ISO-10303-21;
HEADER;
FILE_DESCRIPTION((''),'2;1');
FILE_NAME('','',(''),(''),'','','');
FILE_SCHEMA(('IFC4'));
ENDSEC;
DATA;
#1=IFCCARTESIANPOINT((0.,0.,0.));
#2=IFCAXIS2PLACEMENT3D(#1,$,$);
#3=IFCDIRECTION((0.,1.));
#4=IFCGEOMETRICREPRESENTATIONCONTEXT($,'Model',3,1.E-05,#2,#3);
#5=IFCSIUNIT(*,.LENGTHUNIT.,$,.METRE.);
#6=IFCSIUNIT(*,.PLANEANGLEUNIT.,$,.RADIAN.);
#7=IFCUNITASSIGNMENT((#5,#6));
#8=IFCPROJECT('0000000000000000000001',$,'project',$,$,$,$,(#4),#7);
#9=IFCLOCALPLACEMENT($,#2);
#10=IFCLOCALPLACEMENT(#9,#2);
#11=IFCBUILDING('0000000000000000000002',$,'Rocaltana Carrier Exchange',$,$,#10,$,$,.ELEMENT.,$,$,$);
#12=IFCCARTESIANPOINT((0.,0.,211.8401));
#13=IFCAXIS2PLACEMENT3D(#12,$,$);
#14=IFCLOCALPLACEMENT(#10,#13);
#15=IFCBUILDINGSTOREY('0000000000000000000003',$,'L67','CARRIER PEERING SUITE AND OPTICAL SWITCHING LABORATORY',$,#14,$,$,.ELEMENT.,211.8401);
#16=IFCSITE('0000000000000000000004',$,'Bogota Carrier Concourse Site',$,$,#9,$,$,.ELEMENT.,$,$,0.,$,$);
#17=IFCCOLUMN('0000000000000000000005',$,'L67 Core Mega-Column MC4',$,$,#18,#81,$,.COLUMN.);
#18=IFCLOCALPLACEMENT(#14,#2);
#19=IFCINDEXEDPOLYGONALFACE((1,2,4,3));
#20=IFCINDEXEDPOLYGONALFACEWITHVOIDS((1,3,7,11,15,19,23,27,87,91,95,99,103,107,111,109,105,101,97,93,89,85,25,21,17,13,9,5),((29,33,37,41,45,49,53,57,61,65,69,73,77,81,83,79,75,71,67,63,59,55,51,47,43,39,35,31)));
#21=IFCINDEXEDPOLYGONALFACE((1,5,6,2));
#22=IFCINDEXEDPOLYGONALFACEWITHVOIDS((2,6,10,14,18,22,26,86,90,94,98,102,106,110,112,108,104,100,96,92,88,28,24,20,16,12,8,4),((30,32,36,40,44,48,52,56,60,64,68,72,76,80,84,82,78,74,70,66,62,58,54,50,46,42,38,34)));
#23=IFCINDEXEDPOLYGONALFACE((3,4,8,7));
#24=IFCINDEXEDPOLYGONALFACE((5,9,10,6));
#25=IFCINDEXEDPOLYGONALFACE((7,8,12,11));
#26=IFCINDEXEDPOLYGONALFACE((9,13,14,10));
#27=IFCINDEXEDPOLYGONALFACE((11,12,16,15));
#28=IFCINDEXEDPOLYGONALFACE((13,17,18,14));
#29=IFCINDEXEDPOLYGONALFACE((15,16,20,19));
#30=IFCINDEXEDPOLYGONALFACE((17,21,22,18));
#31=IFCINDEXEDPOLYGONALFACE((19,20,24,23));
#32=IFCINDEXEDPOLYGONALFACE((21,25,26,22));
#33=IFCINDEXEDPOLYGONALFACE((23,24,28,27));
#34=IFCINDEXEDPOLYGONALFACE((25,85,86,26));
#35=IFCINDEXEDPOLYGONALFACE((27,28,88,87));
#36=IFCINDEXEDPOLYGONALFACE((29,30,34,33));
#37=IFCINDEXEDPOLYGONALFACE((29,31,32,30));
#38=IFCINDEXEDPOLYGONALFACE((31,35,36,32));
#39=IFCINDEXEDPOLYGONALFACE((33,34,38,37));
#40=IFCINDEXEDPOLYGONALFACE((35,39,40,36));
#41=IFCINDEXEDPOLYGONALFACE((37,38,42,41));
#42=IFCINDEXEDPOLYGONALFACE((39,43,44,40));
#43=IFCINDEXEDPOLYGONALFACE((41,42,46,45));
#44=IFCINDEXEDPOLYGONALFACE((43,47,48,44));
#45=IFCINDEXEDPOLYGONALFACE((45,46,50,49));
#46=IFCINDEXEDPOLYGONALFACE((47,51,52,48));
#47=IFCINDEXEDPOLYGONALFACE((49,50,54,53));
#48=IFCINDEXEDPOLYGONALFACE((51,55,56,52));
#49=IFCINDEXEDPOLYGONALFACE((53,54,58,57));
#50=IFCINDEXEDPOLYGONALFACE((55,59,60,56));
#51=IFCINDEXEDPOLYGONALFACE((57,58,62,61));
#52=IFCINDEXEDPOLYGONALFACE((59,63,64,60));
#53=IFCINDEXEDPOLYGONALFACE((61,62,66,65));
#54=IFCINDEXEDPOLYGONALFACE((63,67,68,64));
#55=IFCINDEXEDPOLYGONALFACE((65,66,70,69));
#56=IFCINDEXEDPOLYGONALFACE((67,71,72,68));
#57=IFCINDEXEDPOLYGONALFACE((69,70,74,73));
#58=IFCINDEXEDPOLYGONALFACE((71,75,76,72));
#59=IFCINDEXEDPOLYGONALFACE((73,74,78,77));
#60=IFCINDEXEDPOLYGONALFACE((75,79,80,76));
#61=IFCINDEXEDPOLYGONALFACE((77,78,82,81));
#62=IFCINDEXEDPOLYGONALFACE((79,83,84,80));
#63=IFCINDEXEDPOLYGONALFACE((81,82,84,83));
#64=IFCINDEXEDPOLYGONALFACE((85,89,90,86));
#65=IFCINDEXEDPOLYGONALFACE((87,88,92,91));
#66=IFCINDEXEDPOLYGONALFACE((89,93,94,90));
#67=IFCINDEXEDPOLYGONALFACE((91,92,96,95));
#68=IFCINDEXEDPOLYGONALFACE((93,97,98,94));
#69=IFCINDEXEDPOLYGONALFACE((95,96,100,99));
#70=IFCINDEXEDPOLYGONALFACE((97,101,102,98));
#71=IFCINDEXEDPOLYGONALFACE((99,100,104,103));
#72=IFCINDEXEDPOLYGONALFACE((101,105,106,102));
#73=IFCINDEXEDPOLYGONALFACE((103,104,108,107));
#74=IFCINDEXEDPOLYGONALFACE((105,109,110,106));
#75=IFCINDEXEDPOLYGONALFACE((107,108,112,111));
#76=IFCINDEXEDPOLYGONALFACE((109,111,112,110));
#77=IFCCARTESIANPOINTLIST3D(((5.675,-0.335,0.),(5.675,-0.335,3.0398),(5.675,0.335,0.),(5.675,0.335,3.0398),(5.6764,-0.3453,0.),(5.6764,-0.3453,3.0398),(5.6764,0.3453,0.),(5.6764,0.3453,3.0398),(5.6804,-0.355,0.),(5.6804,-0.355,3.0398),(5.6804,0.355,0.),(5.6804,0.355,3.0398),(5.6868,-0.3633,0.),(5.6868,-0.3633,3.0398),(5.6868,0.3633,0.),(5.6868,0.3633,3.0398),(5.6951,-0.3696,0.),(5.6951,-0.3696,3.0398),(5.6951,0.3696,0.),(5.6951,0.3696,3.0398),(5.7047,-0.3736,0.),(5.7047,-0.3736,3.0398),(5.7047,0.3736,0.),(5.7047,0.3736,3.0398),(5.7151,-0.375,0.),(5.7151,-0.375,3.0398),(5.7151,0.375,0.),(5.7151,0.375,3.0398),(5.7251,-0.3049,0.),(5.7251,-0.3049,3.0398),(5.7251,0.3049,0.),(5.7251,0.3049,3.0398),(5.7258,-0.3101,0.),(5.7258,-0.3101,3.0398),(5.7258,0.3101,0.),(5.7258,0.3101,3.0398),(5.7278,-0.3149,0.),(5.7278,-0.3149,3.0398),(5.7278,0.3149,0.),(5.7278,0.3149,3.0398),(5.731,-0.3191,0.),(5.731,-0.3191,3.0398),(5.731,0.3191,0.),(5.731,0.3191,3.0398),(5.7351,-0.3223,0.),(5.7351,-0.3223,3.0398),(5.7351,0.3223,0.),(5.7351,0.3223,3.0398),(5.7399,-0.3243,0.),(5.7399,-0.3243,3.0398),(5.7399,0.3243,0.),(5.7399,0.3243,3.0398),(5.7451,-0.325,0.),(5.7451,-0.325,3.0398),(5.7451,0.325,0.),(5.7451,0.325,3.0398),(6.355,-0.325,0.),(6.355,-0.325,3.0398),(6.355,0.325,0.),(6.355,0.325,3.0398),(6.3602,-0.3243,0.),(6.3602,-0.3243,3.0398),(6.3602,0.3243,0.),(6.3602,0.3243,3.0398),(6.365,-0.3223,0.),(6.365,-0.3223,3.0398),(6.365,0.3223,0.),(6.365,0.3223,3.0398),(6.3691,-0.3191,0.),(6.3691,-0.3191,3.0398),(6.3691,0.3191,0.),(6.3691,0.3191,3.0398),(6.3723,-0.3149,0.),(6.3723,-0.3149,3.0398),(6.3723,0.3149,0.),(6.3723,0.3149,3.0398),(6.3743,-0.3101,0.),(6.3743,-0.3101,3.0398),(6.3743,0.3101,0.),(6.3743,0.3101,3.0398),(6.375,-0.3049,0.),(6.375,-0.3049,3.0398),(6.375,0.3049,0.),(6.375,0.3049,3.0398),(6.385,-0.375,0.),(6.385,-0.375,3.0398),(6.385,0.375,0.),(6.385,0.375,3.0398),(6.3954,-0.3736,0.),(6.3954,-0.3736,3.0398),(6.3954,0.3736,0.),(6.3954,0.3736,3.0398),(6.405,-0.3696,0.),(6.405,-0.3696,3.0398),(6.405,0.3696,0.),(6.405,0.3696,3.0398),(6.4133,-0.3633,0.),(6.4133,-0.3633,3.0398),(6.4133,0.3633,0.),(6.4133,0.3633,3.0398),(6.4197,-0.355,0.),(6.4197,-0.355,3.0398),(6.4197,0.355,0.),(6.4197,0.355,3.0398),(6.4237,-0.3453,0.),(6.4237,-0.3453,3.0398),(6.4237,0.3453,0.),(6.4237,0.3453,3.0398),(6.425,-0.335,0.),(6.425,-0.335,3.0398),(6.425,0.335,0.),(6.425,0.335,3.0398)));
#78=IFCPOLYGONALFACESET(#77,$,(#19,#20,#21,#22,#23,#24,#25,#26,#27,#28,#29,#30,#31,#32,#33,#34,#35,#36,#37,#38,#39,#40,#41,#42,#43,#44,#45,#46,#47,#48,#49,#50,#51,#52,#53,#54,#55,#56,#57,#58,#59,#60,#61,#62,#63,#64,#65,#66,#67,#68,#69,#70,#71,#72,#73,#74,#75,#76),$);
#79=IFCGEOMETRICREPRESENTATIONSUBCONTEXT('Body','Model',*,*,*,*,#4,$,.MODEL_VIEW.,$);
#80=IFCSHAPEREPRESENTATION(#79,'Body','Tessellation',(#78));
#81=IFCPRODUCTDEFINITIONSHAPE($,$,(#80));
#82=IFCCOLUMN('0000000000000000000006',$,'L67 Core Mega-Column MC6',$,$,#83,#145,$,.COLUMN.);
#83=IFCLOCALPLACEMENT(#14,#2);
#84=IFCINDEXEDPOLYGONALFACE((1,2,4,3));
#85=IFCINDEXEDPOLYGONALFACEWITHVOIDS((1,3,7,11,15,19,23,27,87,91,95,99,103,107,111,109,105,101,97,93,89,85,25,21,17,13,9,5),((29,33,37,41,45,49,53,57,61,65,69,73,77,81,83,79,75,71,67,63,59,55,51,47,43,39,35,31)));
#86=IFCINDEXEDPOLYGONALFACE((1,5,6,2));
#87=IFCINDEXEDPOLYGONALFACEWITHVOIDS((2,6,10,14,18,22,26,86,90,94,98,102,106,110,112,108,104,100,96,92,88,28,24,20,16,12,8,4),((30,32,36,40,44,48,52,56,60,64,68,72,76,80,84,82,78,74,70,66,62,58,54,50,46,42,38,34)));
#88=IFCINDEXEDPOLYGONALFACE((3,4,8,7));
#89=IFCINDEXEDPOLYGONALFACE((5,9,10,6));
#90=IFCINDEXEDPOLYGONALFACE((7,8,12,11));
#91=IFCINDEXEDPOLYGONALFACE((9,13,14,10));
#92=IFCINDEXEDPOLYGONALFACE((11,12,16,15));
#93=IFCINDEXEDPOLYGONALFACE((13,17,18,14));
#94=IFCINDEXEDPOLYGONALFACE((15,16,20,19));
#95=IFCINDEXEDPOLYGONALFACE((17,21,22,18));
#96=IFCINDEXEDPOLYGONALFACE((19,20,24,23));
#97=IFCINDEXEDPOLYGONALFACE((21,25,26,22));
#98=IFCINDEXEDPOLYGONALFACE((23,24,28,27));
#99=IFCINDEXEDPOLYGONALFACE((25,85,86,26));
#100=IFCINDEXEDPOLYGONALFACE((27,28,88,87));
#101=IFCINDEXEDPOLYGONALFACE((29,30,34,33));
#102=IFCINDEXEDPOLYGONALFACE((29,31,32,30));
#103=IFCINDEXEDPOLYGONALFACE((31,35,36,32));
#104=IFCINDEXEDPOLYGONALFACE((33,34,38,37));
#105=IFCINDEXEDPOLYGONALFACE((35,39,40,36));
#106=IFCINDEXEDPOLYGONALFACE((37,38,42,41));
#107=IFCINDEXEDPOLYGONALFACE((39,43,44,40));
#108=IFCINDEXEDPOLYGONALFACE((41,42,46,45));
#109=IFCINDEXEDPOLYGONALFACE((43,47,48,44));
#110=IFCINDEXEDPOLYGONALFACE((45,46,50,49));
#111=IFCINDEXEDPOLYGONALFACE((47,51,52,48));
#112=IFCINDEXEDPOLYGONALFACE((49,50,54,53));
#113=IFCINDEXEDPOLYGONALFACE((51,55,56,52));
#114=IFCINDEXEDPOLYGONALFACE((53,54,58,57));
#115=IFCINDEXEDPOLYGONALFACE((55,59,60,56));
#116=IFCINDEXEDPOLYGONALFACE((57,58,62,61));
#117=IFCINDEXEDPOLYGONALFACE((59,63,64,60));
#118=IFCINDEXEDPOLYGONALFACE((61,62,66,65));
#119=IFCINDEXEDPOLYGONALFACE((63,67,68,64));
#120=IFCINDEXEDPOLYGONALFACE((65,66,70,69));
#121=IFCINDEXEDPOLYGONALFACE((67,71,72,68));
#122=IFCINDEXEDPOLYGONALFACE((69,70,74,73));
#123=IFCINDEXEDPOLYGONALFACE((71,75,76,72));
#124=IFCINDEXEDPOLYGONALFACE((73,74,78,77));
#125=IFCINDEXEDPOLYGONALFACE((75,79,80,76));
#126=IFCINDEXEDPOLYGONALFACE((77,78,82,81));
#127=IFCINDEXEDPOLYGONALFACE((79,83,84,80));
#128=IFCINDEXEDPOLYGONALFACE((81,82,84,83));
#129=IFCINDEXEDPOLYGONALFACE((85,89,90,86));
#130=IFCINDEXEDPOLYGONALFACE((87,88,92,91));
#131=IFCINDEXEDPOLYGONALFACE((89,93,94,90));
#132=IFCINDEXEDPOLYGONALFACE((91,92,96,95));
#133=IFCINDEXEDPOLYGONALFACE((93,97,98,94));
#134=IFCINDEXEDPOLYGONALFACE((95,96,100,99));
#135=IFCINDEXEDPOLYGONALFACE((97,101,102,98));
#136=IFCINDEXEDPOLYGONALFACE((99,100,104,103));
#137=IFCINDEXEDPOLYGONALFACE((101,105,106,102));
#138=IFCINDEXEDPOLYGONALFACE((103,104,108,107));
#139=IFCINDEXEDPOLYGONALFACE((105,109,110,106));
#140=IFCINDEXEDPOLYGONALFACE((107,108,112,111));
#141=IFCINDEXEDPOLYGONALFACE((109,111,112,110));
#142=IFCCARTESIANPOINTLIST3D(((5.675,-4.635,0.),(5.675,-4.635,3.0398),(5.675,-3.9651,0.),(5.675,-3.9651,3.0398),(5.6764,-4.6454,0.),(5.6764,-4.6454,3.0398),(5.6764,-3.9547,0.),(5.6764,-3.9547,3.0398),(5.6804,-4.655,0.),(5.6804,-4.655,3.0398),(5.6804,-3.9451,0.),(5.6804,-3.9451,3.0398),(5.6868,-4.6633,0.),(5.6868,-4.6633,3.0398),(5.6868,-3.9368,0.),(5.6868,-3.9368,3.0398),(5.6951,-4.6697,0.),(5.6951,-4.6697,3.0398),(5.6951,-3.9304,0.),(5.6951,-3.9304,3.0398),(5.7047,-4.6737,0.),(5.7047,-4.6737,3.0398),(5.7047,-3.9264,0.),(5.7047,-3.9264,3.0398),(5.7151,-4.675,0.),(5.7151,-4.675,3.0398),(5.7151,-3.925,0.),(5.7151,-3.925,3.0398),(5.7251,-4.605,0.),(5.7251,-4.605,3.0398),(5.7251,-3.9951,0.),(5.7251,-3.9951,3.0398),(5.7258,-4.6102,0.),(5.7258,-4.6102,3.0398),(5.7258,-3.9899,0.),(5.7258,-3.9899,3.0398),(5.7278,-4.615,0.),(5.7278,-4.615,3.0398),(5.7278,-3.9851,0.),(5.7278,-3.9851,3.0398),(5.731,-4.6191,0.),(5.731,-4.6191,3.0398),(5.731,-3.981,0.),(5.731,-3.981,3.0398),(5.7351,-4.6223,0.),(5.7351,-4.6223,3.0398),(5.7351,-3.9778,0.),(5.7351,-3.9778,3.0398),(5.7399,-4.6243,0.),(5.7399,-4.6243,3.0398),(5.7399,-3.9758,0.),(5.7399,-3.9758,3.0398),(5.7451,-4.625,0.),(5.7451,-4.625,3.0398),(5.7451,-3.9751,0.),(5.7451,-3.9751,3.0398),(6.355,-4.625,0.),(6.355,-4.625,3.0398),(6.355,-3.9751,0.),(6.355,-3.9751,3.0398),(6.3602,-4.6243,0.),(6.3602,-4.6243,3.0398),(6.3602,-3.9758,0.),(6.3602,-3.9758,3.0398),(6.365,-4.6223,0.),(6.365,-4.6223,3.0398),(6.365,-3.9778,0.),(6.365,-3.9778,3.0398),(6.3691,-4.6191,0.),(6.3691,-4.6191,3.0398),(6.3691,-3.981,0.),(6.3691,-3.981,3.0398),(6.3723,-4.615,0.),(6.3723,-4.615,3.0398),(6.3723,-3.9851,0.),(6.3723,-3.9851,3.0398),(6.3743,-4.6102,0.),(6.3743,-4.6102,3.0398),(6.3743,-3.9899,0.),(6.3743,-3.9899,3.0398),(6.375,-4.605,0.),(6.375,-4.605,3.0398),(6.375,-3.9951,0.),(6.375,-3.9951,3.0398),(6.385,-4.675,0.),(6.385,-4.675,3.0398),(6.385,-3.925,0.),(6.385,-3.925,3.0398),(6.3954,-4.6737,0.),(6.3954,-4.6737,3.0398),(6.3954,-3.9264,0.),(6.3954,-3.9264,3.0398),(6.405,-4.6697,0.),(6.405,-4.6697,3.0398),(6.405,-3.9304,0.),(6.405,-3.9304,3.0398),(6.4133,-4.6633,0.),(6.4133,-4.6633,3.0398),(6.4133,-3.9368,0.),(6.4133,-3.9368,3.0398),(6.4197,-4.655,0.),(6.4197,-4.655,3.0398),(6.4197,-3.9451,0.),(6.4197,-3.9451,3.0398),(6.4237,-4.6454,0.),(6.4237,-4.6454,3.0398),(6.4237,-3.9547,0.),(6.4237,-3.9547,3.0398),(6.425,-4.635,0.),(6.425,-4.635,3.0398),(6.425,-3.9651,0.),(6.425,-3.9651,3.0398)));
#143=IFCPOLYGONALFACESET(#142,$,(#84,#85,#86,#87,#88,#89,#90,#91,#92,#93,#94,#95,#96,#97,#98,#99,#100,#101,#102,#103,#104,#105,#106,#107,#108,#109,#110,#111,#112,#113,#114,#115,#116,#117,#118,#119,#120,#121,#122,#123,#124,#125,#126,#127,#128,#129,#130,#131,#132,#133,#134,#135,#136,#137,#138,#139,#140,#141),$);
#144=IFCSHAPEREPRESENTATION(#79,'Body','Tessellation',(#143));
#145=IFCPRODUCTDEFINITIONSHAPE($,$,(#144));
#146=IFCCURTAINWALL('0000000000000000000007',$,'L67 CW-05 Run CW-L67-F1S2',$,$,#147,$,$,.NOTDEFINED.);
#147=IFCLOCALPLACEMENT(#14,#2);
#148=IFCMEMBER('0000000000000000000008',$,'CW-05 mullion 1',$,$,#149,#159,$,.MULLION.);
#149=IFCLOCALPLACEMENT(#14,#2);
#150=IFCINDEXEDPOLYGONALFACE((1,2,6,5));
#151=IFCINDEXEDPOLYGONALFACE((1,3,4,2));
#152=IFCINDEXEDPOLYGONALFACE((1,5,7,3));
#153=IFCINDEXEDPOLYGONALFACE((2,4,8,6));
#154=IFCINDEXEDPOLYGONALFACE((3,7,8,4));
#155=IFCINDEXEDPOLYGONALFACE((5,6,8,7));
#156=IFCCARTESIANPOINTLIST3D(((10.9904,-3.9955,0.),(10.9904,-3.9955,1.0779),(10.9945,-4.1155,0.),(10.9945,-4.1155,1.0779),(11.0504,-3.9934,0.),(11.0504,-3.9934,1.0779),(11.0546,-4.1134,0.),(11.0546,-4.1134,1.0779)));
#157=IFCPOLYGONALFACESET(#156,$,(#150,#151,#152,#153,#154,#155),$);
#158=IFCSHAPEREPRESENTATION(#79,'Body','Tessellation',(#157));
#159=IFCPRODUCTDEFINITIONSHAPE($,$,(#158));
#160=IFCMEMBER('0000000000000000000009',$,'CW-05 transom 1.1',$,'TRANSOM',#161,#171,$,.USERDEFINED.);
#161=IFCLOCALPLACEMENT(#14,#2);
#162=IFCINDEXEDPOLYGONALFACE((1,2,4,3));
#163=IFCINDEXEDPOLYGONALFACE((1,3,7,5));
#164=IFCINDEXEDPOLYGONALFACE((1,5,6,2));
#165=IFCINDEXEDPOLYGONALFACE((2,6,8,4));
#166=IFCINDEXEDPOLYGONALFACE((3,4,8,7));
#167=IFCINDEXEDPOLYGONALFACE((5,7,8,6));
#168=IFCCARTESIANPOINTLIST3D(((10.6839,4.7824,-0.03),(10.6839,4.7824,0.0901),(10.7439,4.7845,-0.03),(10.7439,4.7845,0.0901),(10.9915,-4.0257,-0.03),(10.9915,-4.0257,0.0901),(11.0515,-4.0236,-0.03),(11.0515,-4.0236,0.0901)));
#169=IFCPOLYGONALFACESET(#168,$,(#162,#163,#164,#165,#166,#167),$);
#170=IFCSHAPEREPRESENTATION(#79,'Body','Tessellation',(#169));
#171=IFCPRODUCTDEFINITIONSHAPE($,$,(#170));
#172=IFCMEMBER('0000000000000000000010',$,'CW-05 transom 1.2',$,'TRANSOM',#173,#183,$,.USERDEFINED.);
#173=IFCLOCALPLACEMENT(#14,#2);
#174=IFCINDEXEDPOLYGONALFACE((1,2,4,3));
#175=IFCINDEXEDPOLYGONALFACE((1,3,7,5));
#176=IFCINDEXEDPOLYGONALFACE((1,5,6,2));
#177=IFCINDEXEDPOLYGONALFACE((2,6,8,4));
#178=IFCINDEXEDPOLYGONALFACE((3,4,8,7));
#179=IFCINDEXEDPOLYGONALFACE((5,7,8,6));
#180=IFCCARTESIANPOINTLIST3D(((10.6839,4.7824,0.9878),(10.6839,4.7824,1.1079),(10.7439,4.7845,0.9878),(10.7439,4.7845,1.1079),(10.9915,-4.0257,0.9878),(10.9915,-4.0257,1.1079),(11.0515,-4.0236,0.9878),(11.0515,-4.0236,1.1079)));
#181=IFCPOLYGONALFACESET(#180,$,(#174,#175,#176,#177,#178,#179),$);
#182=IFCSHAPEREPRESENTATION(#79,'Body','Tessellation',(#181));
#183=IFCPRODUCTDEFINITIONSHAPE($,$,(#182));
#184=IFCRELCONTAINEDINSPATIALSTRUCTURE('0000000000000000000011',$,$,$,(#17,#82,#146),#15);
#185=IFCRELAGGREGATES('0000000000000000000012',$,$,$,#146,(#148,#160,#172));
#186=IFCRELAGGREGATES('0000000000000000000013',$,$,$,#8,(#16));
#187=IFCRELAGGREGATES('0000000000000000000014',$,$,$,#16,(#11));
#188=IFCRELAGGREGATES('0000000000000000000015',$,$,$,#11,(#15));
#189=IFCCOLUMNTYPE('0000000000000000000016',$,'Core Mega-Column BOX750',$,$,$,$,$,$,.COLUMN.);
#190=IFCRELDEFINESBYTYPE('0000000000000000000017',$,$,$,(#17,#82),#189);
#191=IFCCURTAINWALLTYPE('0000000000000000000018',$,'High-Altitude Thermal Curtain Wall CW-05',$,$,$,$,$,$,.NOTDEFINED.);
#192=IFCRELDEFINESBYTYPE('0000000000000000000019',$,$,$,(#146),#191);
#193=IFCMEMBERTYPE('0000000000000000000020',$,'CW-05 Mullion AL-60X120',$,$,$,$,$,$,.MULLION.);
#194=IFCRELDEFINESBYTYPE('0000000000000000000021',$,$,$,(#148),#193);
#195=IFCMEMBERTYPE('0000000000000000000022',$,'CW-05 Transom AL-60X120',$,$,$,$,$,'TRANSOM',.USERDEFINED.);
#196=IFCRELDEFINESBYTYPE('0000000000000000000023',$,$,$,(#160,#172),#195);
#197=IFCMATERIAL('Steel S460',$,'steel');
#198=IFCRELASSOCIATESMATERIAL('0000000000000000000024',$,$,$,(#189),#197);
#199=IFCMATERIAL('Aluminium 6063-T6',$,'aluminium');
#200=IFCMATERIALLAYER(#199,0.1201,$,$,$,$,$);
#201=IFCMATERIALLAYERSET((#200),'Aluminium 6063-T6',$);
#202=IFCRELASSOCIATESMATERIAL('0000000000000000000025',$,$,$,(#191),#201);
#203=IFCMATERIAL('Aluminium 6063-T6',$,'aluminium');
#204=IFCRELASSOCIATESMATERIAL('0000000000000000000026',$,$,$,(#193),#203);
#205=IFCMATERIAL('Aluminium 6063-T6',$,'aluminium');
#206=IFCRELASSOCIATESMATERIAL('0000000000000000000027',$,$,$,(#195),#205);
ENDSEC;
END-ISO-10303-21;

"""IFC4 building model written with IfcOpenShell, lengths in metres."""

from ifc_helpers import new_model, si_unit, direction, frame, origin, origin_2d, place, context, subcontext, project, spatial, rectangle, hollow_rectangle, extrude, material, layer, layer_set, material_profile, profile_set, type_object, element, aggregate, save


model = new_model("IFC4")

# Units and contexts
model_context = context("Model", 3, precision=1e-05, world=origin(), true_north=direction((0.0, 1.0)))
body_context = subcontext(model_context, "Body", "Model", "MODEL_VIEW")
ifc_project = project(units=[si_unit("LENGTHUNIT", "METRE"), si_unit("PLANEANGLEUNIT", "RADIAN")], contexts=[model_context])

# Site, building, storey
site_placement = place(None, origin())
site = spatial("IfcSite", under=ifc_project, at=site_placement, Name="Bogota Carrier Concourse Site", CompositionType="ELEMENT", RefElevation=0.0)
building_placement = place(site_placement, origin())
building = spatial("IfcBuilding", under=site, at=building_placement, Name="Rocaltana Carrier Exchange", CompositionType="ELEMENT")
storey_placement = place(building_placement, frame((0.0, 0.0, 211.8401)))
storey = spatial("IfcBuildingStorey", under=building, at=storey_placement, Name="L67", Description="CARRIER PEERING SUITE AND OPTICAL SWITCHING LABORATORY", CompositionType="ELEMENT", Elevation=211.8401)

# Columns
ifc_material_1 = material(Name="Steel S460", Category="steel")
ifc_material_profile_1 = material_profile(ifc_material_1, hollow_rectangle(XDim=0.75, YDim=0.75, WallThickness=0.05, InnerFilletRadius=0.02, OuterFilletRadius=0.04, at=origin_2d()), Name="BOX750X750X50")
ifc_profile_set_1 = profile_set([ifc_material_profile_1], Name="Steel S460")
column_type = type_object("IfcColumnType", Name="Core Mega-Column BOX750", PredefinedType="COLUMN", material=ifc_profile_set_1)
for number, where, z_axis, x_axis, name in (
    (1, (6.05, 0.0, 0.0), (0.0, 0.0, 1.0), (1.0, 0.0, 0.0), "L67 Core Mega-Column MC4"),
    (2, (6.05, -4.3, 0.0), (0.0, 0.0, 1.0), (1.0, 0.0, 0.0), "L67 Core Mega-Column MC6"),
):
    element("IfcColumn", number, at=place(storey_placement, frame(where, z_axis=z_axis, x_axis=x_axis)), inside=storey, type_object=column_type, Name=name, PredefinedType="COLUMN", context=body_context, shape_type="SweptSolid", body=[
        extrude(hollow_rectangle(XDim=0.75, YDim=0.75, WallThickness=0.05, InnerFilletRadius=0.02, OuterFilletRadius=0.04, at=origin_2d()), origin(), (0.0, 0.0, 1.0), 3.0398),
    ])

# Curtain wall, members
ifc_material_2 = material(Name="Aluminium 6063-T6", Category="aluminium")
ifc_layer_1 = layer(ifc_material_2, 0.1201)
ifc_layer_set_1 = layer_set([ifc_layer_1], Name="Aluminium 6063-T6")
curtain_wall_type = type_object("IfcCurtainWallType", Name="High-Altitude Thermal Curtain Wall CW-05", PredefinedType="NOTDEFINED", material=ifc_layer_set_1)
curtain_wall_placement = place(storey_placement, origin())
curtain_wall = element("IfcCurtainWall", 3, at=curtain_wall_placement, inside=storey, type_object=curtain_wall_type, Name="L67 CW-05 Run CW-L67-F1S2", PredefinedType="NOTDEFINED")
ifc_material_3 = material(Name="Aluminium 6063-T6", Category="aluminium")
ifc_material_profile_2 = material_profile(ifc_material_3, rectangle(XDim=0.0601, YDim=0.1201, at=origin_2d()), Name="AL-60X120")
ifc_profile_set_2 = profile_set([ifc_material_profile_2], Name="Aluminium 6063-T6")
member_type_1 = type_object("IfcMemberType", Name="CW-05 Mullion AL-60X120", PredefinedType="MULLION", material=ifc_profile_set_2)
member_1_placement = place(storey_placement, frame((11.0225, -4.0544, 0.0), z_axis=(0.0, 0.0, 1.0), x_axis=(-0.999391, -0.034903, 0.0)))
member_1 = element("IfcMember", 4, at=member_1_placement, type_object=member_type_1, Name="CW-05 mullion 1", PredefinedType="MULLION", context=body_context, shape_type="SweptSolid", body=[
    extrude(rectangle(XDim=0.0601, YDim=0.1201, at=origin_2d()), origin(), (0.0, 0.0, 1.0), 1.0779),
])
ifc_material_4 = material(Name="Aluminium 6063-T6", Category="aluminium")
ifc_material_profile_3 = material_profile(ifc_material_4, rectangle(XDim=0.0601, YDim=0.1201, at=origin_2d()), Name="AL-60X120")
ifc_profile_set_3 = profile_set([ifc_material_profile_3], Name="Aluminium 6063-T6")
member_type_2 = type_object("IfcMemberType", Name="CW-05 Transom AL-60X120", ElementType="TRANSOM", PredefinedType="USERDEFINED", material=ifc_profile_set_3)
member_2_placement = place(storey_placement, frame((11.0215, -4.0247, 0.03), z_axis=(-0.034903, 0.999391, 0.0), x_axis=(-0.999391, -0.034903, 0.0)))
member_2 = element("IfcMember", 5, at=member_2_placement, type_object=member_type_2, Name="CW-05 transom 1.1", ObjectType="TRANSOM", PredefinedType="USERDEFINED", context=body_context, shape_type="SweptSolid", body=[
    extrude(rectangle(XDim=0.0601, YDim=0.1201, at=origin_2d()), origin(), (0.0, 0.0, 1.0), 8.8135),
])
member_3_placement = place(storey_placement, frame((11.0215, -4.0247, 1.0479), z_axis=(-0.034903, 0.999391, 0.0), x_axis=(-0.999391, -0.034903, 0.0)))
member_3 = element("IfcMember", 6, at=member_3_placement, type_object=member_type_2, Name="CW-05 transom 1.2", ObjectType="TRANSOM", PredefinedType="USERDEFINED", context=body_context, shape_type="SweptSolid", body=[
    extrude(rectangle(XDim=0.0601, YDim=0.1201, at=origin_2d()), origin(), (0.0, 0.0, 1.0), 8.8135),
])
aggregate(curtain_wall, [member_1, member_2, member_3])

save(model, "model.ifc")
